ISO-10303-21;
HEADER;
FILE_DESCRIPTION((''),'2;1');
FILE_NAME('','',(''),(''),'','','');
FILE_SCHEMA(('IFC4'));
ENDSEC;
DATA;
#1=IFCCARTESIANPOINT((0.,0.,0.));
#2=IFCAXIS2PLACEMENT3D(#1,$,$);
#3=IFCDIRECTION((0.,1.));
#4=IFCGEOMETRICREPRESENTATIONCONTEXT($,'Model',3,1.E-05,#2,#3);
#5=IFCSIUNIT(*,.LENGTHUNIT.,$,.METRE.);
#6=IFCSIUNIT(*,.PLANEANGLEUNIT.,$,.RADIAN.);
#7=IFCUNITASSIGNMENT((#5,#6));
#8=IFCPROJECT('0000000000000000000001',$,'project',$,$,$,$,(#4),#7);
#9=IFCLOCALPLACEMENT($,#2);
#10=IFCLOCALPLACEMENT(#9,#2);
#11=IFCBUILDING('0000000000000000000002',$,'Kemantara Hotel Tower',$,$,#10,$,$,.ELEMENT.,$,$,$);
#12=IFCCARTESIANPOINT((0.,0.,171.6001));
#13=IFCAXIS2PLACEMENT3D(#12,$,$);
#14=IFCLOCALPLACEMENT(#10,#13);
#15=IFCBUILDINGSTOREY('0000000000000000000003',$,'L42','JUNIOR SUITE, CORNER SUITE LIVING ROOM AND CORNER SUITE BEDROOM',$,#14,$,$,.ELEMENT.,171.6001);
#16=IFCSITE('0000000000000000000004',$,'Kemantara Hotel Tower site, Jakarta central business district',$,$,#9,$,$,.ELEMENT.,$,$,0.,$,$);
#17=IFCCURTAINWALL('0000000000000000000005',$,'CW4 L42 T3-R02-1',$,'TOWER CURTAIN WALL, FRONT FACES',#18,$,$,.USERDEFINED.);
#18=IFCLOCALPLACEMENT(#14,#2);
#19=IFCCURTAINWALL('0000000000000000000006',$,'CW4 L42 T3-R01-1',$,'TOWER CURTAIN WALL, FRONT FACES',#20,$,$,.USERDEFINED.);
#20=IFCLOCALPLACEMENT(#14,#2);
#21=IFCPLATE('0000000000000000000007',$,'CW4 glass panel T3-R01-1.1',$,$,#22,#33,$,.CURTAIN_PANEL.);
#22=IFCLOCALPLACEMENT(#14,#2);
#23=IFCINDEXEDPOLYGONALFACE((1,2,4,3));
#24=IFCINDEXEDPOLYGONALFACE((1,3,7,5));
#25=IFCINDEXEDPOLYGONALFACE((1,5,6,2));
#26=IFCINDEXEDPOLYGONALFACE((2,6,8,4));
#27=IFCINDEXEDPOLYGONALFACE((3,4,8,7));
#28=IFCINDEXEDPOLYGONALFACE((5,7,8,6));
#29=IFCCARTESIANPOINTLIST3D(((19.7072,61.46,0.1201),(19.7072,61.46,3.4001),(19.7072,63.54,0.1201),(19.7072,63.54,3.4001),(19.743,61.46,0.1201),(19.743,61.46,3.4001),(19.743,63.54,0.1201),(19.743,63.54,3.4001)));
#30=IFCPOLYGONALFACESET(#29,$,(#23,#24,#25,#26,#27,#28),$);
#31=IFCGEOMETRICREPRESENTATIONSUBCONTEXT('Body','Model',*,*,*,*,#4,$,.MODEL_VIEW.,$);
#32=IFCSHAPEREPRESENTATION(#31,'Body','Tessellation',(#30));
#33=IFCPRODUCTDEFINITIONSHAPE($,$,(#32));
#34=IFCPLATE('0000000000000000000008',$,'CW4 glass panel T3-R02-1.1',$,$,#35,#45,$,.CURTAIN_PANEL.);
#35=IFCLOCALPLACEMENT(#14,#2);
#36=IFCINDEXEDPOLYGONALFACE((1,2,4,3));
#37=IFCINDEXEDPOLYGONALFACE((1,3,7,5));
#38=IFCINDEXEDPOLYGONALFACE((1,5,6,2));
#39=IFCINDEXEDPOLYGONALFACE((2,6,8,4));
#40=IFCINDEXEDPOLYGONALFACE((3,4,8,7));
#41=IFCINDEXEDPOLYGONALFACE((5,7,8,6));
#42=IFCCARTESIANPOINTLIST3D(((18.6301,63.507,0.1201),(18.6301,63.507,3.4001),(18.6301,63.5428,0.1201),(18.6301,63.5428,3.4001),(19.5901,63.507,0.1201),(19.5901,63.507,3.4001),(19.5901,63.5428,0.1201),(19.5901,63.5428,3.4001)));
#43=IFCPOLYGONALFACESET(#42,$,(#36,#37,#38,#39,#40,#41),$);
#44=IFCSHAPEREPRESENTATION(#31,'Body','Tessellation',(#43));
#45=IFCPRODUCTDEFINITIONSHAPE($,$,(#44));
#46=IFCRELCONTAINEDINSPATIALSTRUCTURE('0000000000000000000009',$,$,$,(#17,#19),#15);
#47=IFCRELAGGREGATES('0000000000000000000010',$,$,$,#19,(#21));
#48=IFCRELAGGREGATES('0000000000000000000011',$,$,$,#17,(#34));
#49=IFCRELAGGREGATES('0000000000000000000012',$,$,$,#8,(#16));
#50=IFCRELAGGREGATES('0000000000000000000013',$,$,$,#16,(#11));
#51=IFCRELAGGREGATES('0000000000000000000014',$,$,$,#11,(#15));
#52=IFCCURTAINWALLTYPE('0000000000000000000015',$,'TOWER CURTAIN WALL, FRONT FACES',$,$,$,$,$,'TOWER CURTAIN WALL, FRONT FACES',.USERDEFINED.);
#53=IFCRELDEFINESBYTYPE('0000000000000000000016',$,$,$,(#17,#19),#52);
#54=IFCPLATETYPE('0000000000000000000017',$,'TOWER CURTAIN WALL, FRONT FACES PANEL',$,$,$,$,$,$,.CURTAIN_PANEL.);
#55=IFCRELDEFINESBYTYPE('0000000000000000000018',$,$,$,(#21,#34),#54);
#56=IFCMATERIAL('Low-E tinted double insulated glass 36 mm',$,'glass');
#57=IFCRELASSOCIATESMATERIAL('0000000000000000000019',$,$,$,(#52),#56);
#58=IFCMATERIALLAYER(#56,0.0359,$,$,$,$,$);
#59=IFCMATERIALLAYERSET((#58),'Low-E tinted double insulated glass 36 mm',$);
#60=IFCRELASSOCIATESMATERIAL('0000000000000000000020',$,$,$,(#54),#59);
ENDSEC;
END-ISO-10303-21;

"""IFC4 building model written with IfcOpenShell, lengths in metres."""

from ifc_helpers import new_model, si_unit, direction, frame, origin, origin_2d, place, context, subcontext, project, spatial, rectangle, extrude, source, transform, mapped, material, layer, layer_set, type_object, element, aggregate, save


model = new_model("IFC4")

# Units and contexts
model_context = context("Model", 3, precision=1e-05, world=origin(), true_north=direction((0.0, 1.0)))
body_context = subcontext(model_context, "Body", "Model", "MODEL_VIEW")
ifc_project = project(units=[si_unit("LENGTHUNIT", "METRE"), si_unit("PLANEANGLEUNIT", "RADIAN")], contexts=[model_context])

# Site, building, storey
site_placement = place(None, origin())
site = spatial("IfcSite", under=ifc_project, at=site_placement, Name="Kemantara Hotel Tower site, Jakarta central business district", CompositionType="ELEMENT", RefElevation=0.0)
building_placement = place(site_placement, origin())
building = spatial("IfcBuilding", under=site, at=building_placement, Name="Kemantara Hotel Tower", CompositionType="ELEMENT")
storey_placement = place(building_placement, frame((0.0, 0.0, 171.6001)))
storey = spatial("IfcBuildingStorey", under=building, at=storey_placement, Name="L42", Description="JUNIOR SUITE, CORNER SUITE LIVING ROOM AND CORNER SUITE BEDROOM", CompositionType="ELEMENT", Elevation=171.6001)

# Curtain walls
ifc_material_1 = material(Name="Low-E tinted double insulated glass 36 mm", Category="glass")
curtain_wall_type = type_object("IfcCurtainWallType", Name="TOWER CURTAIN WALL, FRONT FACES", ElementType="TOWER CURTAIN WALL, FRONT FACES", PredefinedType="USERDEFINED", material=ifc_material_1)
curtain_wall_1_placement = place(storey_placement, origin())
curtain_wall_1 = element("IfcCurtainWall", 1, at=curtain_wall_1_placement, inside=storey, type_object=curtain_wall_type, Name="CW4 L42 T3-R02-1", ObjectType="TOWER CURTAIN WALL, FRONT FACES", PredefinedType="USERDEFINED")
curtain_wall_2_placement = place(storey_placement, origin())
curtain_wall_2 = element("IfcCurtainWall", 2, at=curtain_wall_2_placement, inside=storey, type_object=curtain_wall_type, Name="CW4 L42 T3-R01-1", ObjectType="TOWER CURTAIN WALL, FRONT FACES", PredefinedType="USERDEFINED")

# Plates
ifc_layer_1 = layer(ifc_material_1, 0.0359)
ifc_layer_set_1 = layer_set([ifc_layer_1], Name="Low-E tinted double insulated glass 36 mm")
plate_type = type_object("IfcPlateType", Name="TOWER CURTAIN WALL, FRONT FACES PANEL", PredefinedType="CURTAIN_PANEL", material=ifc_layer_set_1)
shared_shape_1 = source(origin(), body_context, "Body", "SweptSolid", [
    extrude(rectangle(XDim=2.0801, YDim=0.0359, at=origin_2d()), origin(), (0.0, 0.0, 1.0), 3.28),
])
plate_1_placement = place(storey_placement, frame((19.7251, 62.5, 0.1201), z_axis=(0.0, 0.0, 1.0), x_axis=(0.0, 1.0, 0.0)))
plate_1 = element("IfcPlate", 3, at=plate_1_placement, type_object=plate_type, Name="CW4 glass panel T3-R01-1.1", PredefinedType="CURTAIN_PANEL", context=body_context, shape_type="MappedRepresentation", body=[
    mapped(shared_shape_1, transform((0.0, 0.0, 0.0))),
])
aggregate(curtain_wall_2, [plate_1])
shared_shape_2 = source(origin(), body_context, "Body", "SweptSolid", [
    extrude(rectangle(XDim=0.96, YDim=0.0359, at=origin_2d()), origin(), (0.0, 0.0, 1.0), 3.28),
])
plate_2_placement = place(storey_placement, frame((19.1101, 63.5249, 0.1201), z_axis=(0.0, 0.0, 1.0), x_axis=(-1.0, 0.0, 0.0)))
plate_2 = element("IfcPlate", 4, at=plate_2_placement, type_object=plate_type, Name="CW4 glass panel T3-R02-1.1", PredefinedType="CURTAIN_PANEL", context=body_context, shape_type="MappedRepresentation", body=[
    mapped(shared_shape_2, transform((0.0, 0.0, 0.0))),
])
aggregate(curtain_wall_1, [plate_2])

save(model, "model.ifc")
